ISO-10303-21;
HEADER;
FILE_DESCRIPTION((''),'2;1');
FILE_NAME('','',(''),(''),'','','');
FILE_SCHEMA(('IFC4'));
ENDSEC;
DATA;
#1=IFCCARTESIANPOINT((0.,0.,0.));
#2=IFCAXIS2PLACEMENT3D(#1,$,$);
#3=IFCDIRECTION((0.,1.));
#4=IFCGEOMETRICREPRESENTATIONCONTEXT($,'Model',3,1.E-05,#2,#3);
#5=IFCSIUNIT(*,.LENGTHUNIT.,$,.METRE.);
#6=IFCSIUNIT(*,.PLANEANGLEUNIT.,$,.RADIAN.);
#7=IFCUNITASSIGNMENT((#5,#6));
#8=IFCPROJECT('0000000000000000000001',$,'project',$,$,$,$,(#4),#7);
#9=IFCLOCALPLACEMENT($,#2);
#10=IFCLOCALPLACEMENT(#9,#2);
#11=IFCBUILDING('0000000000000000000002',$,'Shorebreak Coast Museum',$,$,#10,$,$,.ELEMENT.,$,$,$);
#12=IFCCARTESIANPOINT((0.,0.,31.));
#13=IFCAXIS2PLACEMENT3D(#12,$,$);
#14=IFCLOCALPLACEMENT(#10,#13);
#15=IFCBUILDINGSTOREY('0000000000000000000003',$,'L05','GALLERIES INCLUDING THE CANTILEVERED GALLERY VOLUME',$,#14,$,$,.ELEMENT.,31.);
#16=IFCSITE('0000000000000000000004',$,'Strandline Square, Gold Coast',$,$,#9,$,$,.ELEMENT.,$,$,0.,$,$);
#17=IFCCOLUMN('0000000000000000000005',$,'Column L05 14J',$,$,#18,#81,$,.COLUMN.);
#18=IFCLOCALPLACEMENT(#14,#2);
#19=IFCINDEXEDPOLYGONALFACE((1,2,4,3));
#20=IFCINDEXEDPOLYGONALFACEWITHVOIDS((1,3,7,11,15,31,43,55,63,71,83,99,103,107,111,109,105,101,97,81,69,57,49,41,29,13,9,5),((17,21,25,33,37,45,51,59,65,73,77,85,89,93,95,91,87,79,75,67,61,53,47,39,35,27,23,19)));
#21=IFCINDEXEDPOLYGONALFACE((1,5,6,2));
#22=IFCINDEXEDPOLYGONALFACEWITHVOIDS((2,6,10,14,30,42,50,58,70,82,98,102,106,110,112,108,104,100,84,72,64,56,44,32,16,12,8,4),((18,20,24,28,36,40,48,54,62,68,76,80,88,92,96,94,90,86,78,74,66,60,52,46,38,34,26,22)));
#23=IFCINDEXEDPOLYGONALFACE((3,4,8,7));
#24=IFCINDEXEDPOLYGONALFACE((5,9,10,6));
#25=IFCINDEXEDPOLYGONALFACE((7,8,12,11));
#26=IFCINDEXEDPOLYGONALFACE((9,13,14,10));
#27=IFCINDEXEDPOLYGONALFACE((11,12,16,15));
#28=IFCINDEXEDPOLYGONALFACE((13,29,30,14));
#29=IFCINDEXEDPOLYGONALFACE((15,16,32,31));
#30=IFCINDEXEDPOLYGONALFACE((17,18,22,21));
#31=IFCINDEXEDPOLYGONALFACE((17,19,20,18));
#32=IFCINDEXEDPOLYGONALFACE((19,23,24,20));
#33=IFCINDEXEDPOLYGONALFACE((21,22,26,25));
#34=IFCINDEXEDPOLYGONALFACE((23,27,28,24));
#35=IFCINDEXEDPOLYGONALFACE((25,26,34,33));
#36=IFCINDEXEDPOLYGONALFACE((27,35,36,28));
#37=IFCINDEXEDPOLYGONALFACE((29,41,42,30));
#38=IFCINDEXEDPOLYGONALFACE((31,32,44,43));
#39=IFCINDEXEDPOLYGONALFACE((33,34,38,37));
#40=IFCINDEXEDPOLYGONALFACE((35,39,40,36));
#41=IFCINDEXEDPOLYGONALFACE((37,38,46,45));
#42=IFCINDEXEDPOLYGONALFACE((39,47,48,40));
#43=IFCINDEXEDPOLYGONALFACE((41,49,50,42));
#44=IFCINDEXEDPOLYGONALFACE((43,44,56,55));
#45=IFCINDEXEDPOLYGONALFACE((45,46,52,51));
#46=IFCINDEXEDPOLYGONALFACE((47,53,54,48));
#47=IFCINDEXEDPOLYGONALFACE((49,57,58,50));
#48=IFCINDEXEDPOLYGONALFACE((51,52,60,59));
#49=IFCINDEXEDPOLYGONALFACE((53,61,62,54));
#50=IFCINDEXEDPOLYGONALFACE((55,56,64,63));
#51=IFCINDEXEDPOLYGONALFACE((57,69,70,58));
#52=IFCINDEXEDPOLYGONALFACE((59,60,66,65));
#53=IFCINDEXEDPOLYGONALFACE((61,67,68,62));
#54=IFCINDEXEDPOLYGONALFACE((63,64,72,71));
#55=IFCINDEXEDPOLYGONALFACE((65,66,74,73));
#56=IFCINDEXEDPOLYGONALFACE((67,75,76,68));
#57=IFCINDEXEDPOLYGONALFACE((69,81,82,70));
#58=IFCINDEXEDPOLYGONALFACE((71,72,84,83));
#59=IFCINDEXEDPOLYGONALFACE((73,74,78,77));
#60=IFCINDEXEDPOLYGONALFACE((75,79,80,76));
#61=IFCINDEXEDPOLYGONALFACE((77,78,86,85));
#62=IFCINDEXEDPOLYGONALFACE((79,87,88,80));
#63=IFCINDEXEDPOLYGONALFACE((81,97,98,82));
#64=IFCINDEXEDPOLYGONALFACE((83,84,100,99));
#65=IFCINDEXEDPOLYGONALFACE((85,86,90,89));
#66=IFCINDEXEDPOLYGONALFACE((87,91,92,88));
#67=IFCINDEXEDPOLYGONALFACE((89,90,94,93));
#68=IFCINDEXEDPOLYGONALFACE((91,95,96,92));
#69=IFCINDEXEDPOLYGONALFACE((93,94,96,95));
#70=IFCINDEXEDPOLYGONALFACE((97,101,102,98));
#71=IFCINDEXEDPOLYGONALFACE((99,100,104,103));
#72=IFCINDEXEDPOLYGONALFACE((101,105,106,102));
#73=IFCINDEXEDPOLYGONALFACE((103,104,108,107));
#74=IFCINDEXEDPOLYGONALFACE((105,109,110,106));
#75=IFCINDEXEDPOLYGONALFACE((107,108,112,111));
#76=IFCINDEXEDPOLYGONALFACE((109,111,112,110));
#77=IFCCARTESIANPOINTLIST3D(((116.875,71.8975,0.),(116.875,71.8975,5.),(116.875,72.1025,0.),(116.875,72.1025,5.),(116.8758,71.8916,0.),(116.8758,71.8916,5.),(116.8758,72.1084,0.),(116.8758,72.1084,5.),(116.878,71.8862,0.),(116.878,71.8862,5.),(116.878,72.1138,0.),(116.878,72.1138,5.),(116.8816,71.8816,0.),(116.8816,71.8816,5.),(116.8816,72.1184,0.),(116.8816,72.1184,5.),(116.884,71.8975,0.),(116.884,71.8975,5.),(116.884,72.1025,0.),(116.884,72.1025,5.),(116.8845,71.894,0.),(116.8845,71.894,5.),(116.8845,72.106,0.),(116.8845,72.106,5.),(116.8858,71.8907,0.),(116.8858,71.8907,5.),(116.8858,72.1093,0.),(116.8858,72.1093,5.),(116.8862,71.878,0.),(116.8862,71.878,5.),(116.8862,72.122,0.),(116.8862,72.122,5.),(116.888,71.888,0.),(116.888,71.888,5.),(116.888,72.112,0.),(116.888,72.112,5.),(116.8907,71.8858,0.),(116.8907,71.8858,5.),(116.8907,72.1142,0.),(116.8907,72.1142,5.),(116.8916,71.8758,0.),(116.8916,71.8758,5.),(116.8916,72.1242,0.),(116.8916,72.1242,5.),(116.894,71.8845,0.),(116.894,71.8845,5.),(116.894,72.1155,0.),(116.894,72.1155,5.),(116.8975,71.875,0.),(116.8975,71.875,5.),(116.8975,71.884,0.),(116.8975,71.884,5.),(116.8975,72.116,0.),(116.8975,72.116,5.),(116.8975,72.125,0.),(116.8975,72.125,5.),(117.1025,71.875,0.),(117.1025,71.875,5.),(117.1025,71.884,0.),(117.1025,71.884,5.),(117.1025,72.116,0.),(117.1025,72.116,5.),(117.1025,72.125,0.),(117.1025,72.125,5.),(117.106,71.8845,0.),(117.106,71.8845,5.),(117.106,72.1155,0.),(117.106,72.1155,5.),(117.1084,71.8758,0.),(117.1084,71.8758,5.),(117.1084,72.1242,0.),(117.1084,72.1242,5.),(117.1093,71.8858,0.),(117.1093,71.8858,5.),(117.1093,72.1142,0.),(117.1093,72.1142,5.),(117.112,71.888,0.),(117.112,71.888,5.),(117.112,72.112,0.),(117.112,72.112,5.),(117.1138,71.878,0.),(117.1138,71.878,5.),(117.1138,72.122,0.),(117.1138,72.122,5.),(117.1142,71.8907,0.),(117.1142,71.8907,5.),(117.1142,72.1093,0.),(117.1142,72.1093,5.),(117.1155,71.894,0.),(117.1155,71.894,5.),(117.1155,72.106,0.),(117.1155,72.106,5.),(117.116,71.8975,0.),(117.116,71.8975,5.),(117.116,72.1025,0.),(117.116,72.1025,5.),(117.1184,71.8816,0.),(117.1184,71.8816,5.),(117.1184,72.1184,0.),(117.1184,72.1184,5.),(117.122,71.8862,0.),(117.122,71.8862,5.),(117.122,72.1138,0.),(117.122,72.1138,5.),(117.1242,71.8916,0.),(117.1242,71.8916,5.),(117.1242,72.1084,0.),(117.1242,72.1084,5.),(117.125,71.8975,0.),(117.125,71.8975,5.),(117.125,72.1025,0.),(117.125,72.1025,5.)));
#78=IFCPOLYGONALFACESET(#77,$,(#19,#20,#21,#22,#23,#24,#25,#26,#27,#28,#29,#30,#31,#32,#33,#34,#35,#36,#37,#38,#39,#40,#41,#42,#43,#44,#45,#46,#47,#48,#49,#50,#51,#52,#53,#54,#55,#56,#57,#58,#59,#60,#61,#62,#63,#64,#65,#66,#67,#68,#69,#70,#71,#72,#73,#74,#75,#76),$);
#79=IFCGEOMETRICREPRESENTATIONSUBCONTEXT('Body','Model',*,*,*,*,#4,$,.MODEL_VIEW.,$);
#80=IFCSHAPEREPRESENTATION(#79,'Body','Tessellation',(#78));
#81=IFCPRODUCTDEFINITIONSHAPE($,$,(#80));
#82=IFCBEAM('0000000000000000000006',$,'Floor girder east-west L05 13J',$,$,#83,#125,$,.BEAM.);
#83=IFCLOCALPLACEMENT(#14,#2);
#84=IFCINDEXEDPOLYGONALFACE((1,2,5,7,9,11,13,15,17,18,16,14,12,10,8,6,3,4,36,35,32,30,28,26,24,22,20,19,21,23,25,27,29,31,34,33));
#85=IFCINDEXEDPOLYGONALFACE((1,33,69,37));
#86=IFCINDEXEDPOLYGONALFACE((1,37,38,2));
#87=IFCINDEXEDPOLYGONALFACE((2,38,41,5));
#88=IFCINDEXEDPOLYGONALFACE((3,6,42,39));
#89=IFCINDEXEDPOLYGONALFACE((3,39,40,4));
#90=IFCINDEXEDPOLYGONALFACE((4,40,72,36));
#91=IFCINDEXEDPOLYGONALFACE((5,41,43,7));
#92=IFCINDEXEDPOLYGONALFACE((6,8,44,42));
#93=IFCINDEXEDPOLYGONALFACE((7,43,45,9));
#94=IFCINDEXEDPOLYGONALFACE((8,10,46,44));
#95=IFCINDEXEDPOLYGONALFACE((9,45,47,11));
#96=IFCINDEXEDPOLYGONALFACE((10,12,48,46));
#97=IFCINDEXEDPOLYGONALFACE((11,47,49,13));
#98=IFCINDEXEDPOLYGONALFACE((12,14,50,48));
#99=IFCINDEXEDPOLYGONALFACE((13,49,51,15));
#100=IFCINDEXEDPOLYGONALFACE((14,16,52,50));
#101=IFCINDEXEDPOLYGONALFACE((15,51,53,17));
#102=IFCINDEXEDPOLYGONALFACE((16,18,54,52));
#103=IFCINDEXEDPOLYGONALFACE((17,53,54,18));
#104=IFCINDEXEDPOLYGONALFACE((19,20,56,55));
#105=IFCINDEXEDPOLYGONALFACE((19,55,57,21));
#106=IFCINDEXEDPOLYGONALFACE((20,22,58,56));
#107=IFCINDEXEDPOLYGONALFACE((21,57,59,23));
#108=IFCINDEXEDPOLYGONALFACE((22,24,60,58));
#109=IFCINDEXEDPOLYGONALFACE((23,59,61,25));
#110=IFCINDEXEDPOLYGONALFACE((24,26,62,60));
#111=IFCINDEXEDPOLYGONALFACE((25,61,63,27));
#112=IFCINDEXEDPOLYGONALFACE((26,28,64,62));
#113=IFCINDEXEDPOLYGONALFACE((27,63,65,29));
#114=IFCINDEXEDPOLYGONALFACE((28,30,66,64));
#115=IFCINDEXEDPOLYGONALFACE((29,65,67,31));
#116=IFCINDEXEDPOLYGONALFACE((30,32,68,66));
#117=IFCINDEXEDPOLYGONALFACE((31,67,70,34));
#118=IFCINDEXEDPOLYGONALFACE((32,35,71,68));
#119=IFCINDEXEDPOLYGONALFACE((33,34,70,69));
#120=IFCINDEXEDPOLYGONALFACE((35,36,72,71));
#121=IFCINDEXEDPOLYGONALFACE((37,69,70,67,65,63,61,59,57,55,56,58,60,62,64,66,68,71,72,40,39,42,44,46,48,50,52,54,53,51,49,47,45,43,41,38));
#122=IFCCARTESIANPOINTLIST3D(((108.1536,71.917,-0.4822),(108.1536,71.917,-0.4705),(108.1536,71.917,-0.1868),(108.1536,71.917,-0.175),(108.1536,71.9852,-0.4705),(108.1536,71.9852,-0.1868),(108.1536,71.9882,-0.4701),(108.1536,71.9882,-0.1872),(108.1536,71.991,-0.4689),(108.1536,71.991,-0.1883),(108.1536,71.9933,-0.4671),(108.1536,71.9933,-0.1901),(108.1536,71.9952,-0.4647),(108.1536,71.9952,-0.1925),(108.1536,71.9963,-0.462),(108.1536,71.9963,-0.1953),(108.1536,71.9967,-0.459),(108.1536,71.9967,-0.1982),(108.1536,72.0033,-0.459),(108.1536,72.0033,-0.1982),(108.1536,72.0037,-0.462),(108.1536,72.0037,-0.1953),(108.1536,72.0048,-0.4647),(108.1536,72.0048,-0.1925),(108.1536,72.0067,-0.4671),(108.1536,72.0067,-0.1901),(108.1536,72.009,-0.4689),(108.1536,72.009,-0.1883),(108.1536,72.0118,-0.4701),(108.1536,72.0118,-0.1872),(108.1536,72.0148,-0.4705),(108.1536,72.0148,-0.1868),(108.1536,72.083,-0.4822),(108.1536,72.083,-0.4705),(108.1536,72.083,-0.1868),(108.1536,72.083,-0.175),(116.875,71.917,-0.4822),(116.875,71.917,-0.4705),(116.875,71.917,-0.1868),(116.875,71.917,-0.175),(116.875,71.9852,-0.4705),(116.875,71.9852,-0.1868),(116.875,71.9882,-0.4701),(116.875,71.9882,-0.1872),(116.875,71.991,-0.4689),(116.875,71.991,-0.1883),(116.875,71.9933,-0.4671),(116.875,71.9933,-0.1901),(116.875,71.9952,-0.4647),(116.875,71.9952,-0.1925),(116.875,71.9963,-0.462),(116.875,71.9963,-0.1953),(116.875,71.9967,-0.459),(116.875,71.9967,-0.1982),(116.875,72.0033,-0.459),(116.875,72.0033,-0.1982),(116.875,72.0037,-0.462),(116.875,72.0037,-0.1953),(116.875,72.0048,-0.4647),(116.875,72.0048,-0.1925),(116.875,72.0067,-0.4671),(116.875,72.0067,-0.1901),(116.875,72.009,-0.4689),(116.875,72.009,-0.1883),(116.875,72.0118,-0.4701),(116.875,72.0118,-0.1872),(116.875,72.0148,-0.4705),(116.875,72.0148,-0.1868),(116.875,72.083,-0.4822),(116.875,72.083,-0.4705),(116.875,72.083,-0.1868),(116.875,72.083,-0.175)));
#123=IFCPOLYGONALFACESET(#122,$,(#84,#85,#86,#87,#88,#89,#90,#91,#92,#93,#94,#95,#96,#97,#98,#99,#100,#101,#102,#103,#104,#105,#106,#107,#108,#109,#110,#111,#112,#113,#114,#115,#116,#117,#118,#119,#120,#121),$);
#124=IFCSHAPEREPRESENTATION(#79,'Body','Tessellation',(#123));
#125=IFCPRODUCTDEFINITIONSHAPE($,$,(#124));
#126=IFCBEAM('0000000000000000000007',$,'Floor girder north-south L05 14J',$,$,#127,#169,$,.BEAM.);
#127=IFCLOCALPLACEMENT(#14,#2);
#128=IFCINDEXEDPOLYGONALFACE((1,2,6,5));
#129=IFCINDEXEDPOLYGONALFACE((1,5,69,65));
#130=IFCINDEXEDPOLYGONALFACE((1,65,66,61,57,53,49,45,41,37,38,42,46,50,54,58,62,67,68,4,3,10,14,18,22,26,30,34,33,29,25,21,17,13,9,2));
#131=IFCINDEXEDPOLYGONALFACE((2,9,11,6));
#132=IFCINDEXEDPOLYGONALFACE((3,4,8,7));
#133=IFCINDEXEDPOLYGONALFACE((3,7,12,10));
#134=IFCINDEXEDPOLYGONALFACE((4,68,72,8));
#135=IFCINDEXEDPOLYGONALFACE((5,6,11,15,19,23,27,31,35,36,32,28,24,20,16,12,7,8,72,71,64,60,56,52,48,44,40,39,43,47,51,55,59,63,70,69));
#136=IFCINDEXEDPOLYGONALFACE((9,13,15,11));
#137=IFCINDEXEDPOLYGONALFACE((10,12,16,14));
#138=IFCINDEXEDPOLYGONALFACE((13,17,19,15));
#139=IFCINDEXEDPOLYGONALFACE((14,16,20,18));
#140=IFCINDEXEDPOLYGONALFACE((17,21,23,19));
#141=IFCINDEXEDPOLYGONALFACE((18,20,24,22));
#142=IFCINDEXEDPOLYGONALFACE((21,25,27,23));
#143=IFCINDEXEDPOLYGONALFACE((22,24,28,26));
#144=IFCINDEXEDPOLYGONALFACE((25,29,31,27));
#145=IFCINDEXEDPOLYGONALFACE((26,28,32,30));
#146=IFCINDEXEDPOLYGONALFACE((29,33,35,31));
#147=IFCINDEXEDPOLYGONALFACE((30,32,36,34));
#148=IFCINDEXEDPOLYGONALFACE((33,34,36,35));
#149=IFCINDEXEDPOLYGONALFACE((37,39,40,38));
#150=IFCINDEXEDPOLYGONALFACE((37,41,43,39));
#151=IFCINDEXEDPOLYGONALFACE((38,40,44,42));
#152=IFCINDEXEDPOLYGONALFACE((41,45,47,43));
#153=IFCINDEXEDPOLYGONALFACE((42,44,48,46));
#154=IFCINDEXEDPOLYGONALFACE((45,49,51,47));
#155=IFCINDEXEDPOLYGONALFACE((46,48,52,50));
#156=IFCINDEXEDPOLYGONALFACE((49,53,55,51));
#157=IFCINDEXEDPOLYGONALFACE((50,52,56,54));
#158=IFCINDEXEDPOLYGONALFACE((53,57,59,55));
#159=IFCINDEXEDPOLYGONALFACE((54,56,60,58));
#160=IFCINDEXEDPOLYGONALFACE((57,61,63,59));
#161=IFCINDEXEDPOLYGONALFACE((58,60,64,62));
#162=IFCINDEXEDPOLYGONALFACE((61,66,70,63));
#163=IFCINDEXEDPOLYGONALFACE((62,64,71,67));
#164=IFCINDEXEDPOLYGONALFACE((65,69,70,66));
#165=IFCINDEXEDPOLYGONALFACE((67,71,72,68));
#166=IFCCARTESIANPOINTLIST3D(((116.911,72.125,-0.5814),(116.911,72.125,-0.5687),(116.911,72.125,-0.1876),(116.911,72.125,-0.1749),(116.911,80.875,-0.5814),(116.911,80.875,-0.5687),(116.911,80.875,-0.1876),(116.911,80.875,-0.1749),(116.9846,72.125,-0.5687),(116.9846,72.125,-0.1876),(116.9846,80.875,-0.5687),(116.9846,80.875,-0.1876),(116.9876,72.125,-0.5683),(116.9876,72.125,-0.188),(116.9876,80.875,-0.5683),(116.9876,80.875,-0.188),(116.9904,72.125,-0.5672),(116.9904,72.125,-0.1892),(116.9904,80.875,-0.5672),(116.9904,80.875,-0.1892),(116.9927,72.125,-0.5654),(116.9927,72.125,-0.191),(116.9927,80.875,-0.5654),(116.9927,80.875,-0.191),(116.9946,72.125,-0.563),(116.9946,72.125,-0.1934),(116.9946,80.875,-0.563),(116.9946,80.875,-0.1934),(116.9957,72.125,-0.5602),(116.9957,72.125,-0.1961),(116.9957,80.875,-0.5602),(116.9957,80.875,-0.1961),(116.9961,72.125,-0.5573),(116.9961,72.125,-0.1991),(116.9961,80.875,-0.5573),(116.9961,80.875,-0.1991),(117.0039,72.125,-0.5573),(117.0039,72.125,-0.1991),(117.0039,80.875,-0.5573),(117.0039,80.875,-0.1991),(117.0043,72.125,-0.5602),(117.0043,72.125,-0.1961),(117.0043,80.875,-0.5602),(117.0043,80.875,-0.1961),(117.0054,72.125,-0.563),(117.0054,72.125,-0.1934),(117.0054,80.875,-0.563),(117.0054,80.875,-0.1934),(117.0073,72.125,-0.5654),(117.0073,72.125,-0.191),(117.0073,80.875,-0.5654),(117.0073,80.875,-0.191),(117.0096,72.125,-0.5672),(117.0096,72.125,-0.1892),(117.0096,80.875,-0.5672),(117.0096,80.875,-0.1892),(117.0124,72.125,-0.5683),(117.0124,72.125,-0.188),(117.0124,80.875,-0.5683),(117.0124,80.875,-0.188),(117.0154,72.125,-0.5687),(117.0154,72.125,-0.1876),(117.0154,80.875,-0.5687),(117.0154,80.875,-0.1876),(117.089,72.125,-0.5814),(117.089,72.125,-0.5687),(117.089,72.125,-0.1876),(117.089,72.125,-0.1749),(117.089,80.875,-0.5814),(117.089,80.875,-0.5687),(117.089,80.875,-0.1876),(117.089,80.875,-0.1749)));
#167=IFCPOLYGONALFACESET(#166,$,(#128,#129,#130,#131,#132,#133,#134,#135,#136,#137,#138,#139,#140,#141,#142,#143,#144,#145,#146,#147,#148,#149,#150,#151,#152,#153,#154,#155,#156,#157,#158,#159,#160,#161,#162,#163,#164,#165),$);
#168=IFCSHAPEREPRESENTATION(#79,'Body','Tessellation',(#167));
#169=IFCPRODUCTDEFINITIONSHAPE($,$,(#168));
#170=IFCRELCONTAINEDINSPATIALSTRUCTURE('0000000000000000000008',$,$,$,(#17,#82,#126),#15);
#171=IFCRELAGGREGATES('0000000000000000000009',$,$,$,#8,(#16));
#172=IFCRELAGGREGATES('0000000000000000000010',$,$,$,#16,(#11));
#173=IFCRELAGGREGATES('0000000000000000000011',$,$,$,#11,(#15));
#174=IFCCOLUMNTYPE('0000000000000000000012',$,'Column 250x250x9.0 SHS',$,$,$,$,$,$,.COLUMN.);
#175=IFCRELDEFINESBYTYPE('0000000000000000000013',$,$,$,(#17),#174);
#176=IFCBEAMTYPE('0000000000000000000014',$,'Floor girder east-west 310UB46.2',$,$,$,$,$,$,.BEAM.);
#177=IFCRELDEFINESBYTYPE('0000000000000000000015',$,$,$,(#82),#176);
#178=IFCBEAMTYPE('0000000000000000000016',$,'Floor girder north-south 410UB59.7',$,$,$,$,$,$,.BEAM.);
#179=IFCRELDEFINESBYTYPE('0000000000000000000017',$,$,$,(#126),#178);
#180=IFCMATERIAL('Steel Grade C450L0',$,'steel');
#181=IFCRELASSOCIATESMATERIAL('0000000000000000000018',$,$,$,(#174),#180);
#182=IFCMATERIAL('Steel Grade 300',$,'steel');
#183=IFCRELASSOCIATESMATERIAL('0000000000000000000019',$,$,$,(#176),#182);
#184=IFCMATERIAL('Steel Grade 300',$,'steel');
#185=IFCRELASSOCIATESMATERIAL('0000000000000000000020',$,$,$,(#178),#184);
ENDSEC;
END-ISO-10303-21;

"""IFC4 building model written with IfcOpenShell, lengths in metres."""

from ifc_helpers import new_model, si_unit, direction, frame, origin, origin_2d, place, context, subcontext, project, spatial, hollow_rectangle, i_section, extrude, material, material_profile, profile_set, type_object, element, save


model = new_model("IFC4")

# Units and contexts
model_context = context("Model", 3, precision=1e-05, world=origin(), true_north=direction((0.0, 1.0)))
body_context = subcontext(model_context, "Body", "Model", "MODEL_VIEW")
ifc_project = project(units=[si_unit("LENGTHUNIT", "METRE"), si_unit("PLANEANGLEUNIT", "RADIAN")], contexts=[model_context])

# Site, building, storey
site_placement = place(None, origin())
site = spatial("IfcSite", under=ifc_project, at=site_placement, Name="Strandline Square, Gold Coast", CompositionType="ELEMENT", RefElevation=0.0)
building_placement = place(site_placement, origin())
building = spatial("IfcBuilding", under=site, at=building_placement, Name="Shorebreak Coast Museum", CompositionType="ELEMENT")
storey_placement = place(building_placement, frame((0.0, 0.0, 31.0)))
storey = spatial("IfcBuildingStorey", under=building, at=storey_placement, Name="L05", Description="GALLERIES INCLUDING THE CANTILEVERED GALLERY VOLUME", CompositionType="ELEMENT", Elevation=31.0)

# Column
ifc_material_1 = material(Name="Steel Grade C450L0", Category="steel")
ifc_material_profile_1 = material_profile(ifc_material_1, hollow_rectangle(XDim=0.25, YDim=0.25, WallThickness=0.009, InnerFilletRadius=0.0134, OuterFilletRadius=0.0225, at=origin_2d()), Name="250x250x9.0 SHS")
ifc_profile_set_1 = profile_set([ifc_material_profile_1], Name="Steel Grade C450L0")
column_type = type_object("IfcColumnType", Name="Column 250x250x9.0 SHS", PredefinedType="COLUMN", material=ifc_profile_set_1)
column_placement = place(storey_placement, frame((117.0, 72.0, 0.0), z_axis=(0.0, 0.0, 1.0), x_axis=(1.0, 0.0, 0.0)))
element("IfcColumn", 1, at=column_placement, inside=storey, type_object=column_type, Name="Column L05 14J", PredefinedType="COLUMN", context=body_context, shape_type="SweptSolid", body=[
    extrude(hollow_rectangle(XDim=0.25, YDim=0.25, WallThickness=0.009, InnerFilletRadius=0.0134, OuterFilletRadius=0.0225, at=origin_2d()), origin(), (0.0, 0.0, 1.0), 5.0),
])

# Beams
ifc_material_2 = material(Name="Steel Grade 300", Category="steel")
ifc_material_profile_2 = material_profile(ifc_material_2, i_section(OverallWidth=0.166, OverallDepth=0.3071, WebThickness=0.0066, FlangeThickness=0.0117, FilletRadius=0.0115, at=origin_2d()), Name="310UB46.2")
ifc_profile_set_2 = profile_set([ifc_material_profile_2], Name="Steel Grade 300")
beam_type_1 = type_object("IfcBeamType", Name="Floor girder east-west 310UB46.2", PredefinedType="BEAM", material=ifc_profile_set_2)
beam_1_placement = place(storey_placement, frame((108.1536, 72.0, -0.3286), z_axis=(1.0, 0.0, 0.0), x_axis=(0.0, 1.0, 0.0)))
element("IfcBeam", 2, at=beam_1_placement, inside=storey, type_object=beam_type_1, Name="Floor girder east-west L05 13J", PredefinedType="BEAM", context=body_context, shape_type="SweptSolid", body=[
    extrude(i_section(OverallWidth=0.166, OverallDepth=0.3071, WebThickness=0.0066, FlangeThickness=0.0117, FilletRadius=0.0115, at=origin_2d()), origin(), (0.0, 0.0, 1.0), 8.7214),
])
ifc_material_3 = material(Name="Steel Grade 300", Category="steel")
ifc_material_profile_3 = material_profile(ifc_material_3, i_section(OverallWidth=0.178, OverallDepth=0.4065, WebThickness=0.0078, FlangeThickness=0.0127, FilletRadius=0.0115, at=origin_2d()), Name="410UB59.7")
ifc_profile_set_3 = profile_set([ifc_material_profile_3], Name="Steel Grade 300")
beam_type_2 = type_object("IfcBeamType", Name="Floor girder north-south 410UB59.7", PredefinedType="BEAM", material=ifc_profile_set_3)
beam_2_placement = place(storey_placement, frame((117.0, 72.125, -0.3782), z_axis=(0.0, 1.0, 0.0), x_axis=(-1.0, 0.0, 0.0)))
element("IfcBeam", 3, at=beam_2_placement, inside=storey, type_object=beam_type_2, Name="Floor girder north-south L05 14J", PredefinedType="BEAM", context=body_context, shape_type="SweptSolid", body=[
    extrude(i_section(OverallWidth=0.178, OverallDepth=0.4065, WebThickness=0.0078, FlangeThickness=0.0127, FilletRadius=0.0115, at=origin_2d()), origin(), (0.0, 0.0, 1.0), 8.75),
])

save(model, "model.ifc")
